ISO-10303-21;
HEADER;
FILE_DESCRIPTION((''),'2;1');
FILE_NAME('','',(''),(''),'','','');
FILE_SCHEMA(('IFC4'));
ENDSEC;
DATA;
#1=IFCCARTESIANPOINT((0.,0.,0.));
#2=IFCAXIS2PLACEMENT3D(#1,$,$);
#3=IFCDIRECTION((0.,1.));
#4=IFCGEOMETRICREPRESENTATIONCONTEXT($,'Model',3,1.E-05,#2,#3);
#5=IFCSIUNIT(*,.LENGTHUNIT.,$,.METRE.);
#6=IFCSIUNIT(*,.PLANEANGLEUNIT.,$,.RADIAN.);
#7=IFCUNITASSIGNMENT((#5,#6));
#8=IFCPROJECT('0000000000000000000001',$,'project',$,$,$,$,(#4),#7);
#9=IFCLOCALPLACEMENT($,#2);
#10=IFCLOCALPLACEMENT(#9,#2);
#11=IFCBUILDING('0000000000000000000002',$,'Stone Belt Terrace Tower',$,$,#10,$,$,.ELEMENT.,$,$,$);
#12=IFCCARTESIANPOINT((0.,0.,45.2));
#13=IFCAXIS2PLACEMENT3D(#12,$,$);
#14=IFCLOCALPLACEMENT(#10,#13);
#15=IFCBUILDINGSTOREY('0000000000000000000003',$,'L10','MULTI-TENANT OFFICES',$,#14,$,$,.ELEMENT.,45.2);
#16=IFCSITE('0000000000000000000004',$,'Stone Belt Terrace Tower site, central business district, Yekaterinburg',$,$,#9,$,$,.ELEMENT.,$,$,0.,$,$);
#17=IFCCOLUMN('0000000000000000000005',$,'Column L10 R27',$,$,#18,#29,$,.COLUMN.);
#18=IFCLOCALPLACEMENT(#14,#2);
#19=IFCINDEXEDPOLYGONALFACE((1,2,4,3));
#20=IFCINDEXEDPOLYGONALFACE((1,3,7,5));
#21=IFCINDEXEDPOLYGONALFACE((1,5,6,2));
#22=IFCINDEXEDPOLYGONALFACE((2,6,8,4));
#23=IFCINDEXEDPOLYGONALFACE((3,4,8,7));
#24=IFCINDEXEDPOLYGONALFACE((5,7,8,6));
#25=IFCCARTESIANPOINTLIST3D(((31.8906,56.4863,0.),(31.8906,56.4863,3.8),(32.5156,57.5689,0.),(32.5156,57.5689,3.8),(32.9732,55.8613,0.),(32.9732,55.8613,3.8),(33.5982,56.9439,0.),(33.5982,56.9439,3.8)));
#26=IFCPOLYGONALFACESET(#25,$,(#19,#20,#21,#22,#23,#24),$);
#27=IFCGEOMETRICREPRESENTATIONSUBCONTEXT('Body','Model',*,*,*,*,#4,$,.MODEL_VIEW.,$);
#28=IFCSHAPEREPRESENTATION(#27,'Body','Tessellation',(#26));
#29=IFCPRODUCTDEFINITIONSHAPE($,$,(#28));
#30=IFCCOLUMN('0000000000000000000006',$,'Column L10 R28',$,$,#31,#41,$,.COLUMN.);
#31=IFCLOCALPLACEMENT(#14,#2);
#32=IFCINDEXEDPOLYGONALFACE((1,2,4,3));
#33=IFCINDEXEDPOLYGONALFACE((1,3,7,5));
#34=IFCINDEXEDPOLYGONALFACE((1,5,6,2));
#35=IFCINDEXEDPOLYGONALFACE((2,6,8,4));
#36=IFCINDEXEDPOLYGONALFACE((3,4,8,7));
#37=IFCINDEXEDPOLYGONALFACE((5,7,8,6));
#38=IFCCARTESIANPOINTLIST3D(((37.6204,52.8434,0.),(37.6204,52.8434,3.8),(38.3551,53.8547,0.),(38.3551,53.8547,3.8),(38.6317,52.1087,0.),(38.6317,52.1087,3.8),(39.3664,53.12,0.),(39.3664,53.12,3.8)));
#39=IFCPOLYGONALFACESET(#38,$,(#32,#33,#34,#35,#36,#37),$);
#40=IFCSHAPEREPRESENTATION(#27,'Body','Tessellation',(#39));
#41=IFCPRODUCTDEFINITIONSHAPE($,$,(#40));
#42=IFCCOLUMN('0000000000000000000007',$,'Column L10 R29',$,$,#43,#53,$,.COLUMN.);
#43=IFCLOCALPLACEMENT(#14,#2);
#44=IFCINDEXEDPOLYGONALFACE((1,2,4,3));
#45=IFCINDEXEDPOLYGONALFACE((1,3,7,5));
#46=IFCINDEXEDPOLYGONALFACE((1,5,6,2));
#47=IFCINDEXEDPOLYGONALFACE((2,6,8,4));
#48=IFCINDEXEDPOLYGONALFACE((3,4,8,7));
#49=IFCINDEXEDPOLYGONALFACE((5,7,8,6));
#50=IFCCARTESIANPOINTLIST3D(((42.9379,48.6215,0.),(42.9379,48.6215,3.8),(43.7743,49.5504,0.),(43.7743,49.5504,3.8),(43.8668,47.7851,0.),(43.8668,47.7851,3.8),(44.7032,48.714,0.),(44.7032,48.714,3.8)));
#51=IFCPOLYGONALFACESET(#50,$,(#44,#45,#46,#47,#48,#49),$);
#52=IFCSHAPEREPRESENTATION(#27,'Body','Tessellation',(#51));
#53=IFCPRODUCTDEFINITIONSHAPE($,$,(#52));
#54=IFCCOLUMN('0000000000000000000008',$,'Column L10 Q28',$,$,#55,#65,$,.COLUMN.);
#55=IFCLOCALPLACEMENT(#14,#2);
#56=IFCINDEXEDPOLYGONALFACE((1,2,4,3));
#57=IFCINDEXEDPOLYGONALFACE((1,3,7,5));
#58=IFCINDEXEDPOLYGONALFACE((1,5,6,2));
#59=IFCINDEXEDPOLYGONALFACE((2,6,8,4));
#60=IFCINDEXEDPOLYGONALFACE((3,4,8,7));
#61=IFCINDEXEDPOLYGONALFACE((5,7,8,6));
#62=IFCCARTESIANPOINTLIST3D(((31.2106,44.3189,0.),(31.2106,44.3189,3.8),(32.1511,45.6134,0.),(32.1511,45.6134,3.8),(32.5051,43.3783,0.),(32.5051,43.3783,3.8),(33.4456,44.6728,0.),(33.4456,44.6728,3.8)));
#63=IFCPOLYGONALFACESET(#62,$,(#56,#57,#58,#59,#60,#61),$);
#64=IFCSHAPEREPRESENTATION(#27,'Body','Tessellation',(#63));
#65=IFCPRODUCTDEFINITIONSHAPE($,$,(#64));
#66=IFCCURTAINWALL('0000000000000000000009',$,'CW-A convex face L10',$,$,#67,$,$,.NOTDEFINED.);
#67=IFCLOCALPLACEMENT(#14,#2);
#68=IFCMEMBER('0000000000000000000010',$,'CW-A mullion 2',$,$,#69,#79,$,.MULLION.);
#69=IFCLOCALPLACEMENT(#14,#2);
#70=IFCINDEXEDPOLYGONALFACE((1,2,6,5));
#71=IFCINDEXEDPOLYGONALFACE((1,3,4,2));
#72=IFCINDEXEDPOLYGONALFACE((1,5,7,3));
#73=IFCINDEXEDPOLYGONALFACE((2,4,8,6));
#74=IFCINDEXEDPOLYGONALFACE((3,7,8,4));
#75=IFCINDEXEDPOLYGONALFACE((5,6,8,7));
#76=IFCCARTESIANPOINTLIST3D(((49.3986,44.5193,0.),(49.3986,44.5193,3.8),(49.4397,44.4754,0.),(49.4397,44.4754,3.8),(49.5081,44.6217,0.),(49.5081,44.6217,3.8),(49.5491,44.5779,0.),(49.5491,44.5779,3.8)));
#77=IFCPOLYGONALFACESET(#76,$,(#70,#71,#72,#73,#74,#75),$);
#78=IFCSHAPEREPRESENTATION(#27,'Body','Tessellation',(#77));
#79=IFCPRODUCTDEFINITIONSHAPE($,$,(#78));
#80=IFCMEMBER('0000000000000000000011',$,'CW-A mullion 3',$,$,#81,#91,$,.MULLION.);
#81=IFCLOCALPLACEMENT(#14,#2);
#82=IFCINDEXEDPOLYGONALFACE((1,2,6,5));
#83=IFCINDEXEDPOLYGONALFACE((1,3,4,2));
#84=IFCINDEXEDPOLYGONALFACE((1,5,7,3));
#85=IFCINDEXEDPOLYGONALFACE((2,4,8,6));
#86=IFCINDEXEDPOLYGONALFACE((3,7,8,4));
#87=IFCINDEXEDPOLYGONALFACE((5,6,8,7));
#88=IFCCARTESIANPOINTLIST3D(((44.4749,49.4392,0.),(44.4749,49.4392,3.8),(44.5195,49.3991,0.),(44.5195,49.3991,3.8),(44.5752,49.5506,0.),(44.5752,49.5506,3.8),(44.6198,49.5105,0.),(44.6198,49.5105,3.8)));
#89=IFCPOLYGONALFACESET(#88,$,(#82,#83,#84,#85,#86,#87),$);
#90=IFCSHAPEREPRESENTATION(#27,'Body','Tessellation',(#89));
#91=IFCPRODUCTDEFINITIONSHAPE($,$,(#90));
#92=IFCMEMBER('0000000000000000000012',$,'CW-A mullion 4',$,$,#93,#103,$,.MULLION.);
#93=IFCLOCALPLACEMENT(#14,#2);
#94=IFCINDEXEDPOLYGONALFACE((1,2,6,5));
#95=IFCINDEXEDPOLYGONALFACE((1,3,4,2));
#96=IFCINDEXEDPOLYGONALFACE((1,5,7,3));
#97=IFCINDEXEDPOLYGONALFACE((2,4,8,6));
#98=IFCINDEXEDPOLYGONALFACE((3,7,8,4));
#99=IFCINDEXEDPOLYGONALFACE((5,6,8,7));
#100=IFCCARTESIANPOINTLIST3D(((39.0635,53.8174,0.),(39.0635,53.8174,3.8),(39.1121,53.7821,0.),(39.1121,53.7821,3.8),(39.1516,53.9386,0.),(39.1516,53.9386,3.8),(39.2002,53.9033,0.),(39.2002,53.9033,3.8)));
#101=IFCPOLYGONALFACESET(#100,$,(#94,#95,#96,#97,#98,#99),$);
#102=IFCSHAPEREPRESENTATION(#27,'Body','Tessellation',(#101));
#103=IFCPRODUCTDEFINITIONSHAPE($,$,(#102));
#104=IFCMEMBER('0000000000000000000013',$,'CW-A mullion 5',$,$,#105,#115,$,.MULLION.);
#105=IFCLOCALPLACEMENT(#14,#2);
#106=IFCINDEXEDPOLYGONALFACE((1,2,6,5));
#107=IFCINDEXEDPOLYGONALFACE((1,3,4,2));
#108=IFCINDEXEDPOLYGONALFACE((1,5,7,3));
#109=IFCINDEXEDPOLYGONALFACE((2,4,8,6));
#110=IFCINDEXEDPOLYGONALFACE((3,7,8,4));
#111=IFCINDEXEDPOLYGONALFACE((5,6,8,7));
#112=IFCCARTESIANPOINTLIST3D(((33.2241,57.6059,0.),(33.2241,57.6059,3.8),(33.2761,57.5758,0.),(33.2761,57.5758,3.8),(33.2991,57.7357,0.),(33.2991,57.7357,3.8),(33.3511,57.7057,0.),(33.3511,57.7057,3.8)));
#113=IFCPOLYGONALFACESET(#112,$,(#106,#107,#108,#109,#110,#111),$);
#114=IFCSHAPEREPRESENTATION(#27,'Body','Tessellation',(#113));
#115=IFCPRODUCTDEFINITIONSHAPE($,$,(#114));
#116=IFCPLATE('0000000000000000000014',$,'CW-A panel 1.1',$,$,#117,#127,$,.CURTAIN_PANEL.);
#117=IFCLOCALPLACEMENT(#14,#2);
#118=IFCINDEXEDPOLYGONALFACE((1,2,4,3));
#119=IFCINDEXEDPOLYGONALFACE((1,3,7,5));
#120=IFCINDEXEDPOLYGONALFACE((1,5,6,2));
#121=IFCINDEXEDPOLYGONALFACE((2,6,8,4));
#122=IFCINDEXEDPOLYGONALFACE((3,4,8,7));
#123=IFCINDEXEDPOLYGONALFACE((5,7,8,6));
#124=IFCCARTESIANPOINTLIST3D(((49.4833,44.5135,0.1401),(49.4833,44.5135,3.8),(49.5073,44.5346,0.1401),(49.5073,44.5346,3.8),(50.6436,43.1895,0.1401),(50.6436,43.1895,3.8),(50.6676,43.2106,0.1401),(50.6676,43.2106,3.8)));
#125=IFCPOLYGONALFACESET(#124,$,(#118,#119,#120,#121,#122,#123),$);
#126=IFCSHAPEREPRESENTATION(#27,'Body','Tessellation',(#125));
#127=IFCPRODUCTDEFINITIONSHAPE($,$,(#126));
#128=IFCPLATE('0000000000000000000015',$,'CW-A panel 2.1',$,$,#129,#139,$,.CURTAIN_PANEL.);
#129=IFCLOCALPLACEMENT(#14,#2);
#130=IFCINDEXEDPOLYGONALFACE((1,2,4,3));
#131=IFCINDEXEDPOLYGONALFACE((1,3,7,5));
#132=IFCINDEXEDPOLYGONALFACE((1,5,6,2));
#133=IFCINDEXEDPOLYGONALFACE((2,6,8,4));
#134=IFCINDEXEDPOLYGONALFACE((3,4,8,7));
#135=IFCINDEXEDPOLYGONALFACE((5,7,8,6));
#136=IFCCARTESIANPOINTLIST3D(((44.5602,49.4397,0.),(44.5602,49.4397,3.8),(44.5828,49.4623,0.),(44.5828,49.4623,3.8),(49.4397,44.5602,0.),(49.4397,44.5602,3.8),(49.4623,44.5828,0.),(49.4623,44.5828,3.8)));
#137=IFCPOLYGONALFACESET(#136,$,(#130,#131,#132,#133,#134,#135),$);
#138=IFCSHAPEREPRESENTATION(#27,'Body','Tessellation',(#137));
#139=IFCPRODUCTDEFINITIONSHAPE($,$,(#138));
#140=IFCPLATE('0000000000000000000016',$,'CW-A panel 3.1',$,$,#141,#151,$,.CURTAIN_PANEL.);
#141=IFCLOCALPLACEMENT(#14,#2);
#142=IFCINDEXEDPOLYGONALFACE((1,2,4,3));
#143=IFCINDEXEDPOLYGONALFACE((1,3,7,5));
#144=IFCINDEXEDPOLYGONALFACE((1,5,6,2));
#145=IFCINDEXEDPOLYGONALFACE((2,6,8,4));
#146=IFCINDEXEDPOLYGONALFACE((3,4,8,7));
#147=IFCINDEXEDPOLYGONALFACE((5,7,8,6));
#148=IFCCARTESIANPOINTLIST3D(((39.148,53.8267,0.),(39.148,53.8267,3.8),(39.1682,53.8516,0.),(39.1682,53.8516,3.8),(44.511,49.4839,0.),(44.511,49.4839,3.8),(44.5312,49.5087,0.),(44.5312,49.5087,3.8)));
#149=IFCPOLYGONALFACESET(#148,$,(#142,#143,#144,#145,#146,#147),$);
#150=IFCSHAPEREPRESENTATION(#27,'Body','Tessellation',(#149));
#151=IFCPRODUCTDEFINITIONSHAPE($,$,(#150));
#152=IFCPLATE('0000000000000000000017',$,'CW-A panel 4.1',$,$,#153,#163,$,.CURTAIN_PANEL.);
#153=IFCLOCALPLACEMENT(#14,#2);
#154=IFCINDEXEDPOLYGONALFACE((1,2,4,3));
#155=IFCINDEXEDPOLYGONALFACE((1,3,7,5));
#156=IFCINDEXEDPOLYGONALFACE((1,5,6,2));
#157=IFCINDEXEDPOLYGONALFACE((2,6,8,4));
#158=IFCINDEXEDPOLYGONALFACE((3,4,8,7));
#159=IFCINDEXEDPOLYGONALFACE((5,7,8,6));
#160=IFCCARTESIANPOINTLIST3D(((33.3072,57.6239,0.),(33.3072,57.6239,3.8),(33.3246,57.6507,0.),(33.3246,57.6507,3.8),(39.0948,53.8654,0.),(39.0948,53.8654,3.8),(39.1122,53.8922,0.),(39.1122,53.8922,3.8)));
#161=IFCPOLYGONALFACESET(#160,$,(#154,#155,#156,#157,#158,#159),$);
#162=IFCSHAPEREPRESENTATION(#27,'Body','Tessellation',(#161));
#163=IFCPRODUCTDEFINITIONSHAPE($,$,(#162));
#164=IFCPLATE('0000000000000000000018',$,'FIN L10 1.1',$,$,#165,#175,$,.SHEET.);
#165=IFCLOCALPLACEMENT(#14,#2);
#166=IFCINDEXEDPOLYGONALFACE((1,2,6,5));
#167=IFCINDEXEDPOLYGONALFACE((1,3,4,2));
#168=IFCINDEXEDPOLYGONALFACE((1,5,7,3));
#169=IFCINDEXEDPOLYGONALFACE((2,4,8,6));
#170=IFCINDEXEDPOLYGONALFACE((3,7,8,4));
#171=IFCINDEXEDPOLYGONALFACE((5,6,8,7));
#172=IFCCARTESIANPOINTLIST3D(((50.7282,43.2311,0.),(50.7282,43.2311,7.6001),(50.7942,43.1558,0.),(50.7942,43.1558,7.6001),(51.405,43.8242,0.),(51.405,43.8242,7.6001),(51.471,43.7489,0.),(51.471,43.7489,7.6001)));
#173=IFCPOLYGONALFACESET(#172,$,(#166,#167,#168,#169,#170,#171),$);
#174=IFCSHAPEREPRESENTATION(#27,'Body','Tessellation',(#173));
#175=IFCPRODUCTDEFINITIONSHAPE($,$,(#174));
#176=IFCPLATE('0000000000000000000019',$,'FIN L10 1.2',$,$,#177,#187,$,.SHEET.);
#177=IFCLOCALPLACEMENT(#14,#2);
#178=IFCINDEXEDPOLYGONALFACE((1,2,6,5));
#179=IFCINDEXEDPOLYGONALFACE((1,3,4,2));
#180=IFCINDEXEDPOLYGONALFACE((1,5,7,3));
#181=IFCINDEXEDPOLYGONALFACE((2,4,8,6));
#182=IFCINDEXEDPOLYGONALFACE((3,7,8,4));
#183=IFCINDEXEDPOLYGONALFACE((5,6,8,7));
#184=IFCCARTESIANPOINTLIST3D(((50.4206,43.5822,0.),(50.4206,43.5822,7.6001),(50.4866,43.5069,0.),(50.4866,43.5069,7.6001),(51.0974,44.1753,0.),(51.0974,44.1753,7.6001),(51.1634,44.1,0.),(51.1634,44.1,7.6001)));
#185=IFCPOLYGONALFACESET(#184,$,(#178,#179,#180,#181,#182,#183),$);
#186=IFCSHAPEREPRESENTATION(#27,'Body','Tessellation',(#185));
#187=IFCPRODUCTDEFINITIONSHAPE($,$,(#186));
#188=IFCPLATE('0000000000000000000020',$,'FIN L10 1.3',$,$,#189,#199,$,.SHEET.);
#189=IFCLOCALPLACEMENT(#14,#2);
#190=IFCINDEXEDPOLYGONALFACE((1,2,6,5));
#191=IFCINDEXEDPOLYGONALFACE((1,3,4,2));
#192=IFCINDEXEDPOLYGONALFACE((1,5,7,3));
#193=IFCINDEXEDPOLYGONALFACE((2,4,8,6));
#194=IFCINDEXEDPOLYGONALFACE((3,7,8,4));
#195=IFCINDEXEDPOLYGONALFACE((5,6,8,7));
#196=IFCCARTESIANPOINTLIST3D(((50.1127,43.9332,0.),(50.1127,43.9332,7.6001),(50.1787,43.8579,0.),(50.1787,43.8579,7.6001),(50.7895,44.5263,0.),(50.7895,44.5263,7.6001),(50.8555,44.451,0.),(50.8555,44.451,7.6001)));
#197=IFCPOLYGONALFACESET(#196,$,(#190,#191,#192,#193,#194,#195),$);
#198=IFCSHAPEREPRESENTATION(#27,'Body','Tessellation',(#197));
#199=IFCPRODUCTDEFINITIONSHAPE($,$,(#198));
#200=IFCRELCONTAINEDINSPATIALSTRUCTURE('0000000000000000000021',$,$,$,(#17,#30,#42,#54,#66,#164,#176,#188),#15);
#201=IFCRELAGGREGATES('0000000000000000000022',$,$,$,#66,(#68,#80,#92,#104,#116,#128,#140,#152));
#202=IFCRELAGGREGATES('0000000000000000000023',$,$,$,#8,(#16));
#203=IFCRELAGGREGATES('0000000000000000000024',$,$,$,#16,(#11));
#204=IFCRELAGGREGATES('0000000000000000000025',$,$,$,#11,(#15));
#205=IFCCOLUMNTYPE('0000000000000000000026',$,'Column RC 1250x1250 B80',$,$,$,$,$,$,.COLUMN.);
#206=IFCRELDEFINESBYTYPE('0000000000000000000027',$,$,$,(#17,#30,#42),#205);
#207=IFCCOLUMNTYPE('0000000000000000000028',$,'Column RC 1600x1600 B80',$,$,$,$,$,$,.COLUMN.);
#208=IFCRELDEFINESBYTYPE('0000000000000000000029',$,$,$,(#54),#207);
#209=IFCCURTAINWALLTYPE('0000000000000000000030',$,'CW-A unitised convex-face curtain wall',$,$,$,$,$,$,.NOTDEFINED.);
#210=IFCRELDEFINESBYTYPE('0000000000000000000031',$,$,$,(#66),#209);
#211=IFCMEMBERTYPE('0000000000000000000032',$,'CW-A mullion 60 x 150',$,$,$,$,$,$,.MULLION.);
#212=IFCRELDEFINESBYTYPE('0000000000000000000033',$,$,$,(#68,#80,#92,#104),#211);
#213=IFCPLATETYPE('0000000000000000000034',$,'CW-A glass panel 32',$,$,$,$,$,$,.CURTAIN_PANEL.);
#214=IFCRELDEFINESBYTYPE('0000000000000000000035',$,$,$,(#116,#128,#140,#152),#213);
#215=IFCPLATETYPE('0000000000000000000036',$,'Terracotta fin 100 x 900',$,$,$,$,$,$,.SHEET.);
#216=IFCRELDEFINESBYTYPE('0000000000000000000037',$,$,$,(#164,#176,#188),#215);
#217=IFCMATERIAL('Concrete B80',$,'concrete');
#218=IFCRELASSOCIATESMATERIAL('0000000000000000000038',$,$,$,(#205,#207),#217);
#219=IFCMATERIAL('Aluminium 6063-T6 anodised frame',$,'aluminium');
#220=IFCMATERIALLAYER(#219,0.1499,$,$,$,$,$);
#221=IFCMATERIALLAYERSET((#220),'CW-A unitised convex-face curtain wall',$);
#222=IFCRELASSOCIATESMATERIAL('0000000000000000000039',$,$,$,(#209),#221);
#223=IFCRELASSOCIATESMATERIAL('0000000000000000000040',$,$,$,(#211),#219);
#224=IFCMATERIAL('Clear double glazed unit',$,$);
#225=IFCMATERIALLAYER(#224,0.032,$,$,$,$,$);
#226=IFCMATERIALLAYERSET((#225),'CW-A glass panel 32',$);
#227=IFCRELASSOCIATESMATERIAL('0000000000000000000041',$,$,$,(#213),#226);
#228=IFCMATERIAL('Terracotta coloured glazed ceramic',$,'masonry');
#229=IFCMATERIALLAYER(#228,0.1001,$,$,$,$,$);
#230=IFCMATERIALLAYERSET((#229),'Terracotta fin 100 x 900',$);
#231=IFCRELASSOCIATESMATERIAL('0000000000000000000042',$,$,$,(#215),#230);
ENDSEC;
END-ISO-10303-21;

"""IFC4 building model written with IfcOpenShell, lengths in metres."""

from ifc_helpers import new_model, si_unit, direction, frame, origin, origin_2d, place, context, subcontext, project, spatial, rectangle, extrude, material, layer, layer_set, material_profile, profile_set, type_object, element, aggregate, save


model = new_model("IFC4")

# Units and contexts
model_context = context("Model", 3, precision=1e-05, world=origin(), true_north=direction((0.0, 1.0)))
body_context = subcontext(model_context, "Body", "Model", "MODEL_VIEW")
ifc_project = project(units=[si_unit("LENGTHUNIT", "METRE"), si_unit("PLANEANGLEUNIT", "RADIAN")], contexts=[model_context])

# Site, building, storey
site_placement = place(None, origin())
site = spatial("IfcSite", under=ifc_project, at=site_placement, Name="Stone Belt Terrace Tower site, central business district, Yekaterinburg", CompositionType="ELEMENT", RefElevation=0.0)
building_placement = place(site_placement, origin())
building = spatial("IfcBuilding", under=site, at=building_placement, Name="Stone Belt Terrace Tower", CompositionType="ELEMENT")
storey_placement = place(building_placement, frame((0.0, 0.0, 45.2)))
storey = spatial("IfcBuildingStorey", under=building, at=storey_placement, Name="L10", Description="MULTI-TENANT OFFICES", CompositionType="ELEMENT", Elevation=45.2)

# Columns
ifc_material_1 = material(Name="Concrete B80", Category="concrete")
ifc_material_profile_1 = material_profile(ifc_material_1, rectangle(XDim=1.25, YDim=1.25, at=origin_2d()), Name="RC 1250x1250")
ifc_profile_set_1 = profile_set([ifc_material_profile_1], Name="Concrete B80")
column_type_1 = type_object("IfcColumnType", Name="Column RC 1250x1250 B80", PredefinedType="COLUMN", material=ifc_profile_set_1)
for number, where, z_axis, x_axis, name in (
    (1, (32.7444, 56.7151, 0.0), (0.0, 0.0, 1.0), (0.866025, -0.5, 0.0), "Column L10 R27"),
    (2, (38.4934, 52.9817, 0.0), (0.0, 0.0, 1.0), (0.809017, -0.587785, 0.0), "Column L10 R28"),
    (3, (43.8206, 48.6677, 0.0), (0.0, 0.0, 1.0), (0.743145, -0.669131, 0.0), "Column L10 R29"),
):
    element("IfcColumn", number, at=place(storey_placement, frame(where, z_axis=z_axis, x_axis=x_axis)), inside=storey, type_object=column_type_1, Name=name, PredefinedType="COLUMN", context=body_context, shape_type="SweptSolid", body=[
        extrude(rectangle(XDim=1.25, YDim=1.25, at=origin_2d()), origin(), (0.0, 0.0, 1.0), 3.8),
    ])
ifc_material_profile_2 = material_profile(ifc_material_1, rectangle(XDim=1.6001, YDim=1.6001, at=origin_2d()), Name="RC 1600x1600")
ifc_profile_set_2 = profile_set([ifc_material_profile_2], Name="Concrete B80")
column_type_2 = type_object("IfcColumnType", Name="Column RC 1600x1600 B80", PredefinedType="COLUMN", material=ifc_profile_set_2)
column_placement = place(storey_placement, frame((32.3281, 44.4958, 0.0), z_axis=(0.0, 0.0, 1.0), x_axis=(0.809017, -0.587785, 0.0)))
element("IfcColumn", 4, at=column_placement, inside=storey, type_object=column_type_2, Name="Column L10 Q28", PredefinedType="COLUMN", context=body_context, shape_type="SweptSolid", body=[
    extrude(rectangle(XDim=1.6001, YDim=1.6001, at=origin_2d()), origin(), (0.0, 0.0, 1.0), 3.8),
])

# Curtain wall, members, plates
ifc_material_2 = material(Name="Aluminium 6063-T6 anodised frame", Category="aluminium")
ifc_layer_1 = layer(ifc_material_2, 0.1499)
ifc_layer_set_1 = layer_set([ifc_layer_1], Name="CW-A unitised convex-face curtain wall")
curtain_wall_type = type_object("IfcCurtainWallType", Name="CW-A unitised convex-face curtain wall", PredefinedType="NOTDEFINED", material=ifc_layer_set_1)
curtain_wall_placement = place(storey_placement, origin())
curtain_wall = element("IfcCurtainWall", 5, at=curtain_wall_placement, inside=storey, type_object=curtain_wall_type, Name="CW-A convex face L10", PredefinedType="NOTDEFINED")
ifc_material_profile_3 = material_profile(ifc_material_2, rectangle(XDim=0.1499, YDim=0.0601, at=origin_2d()), Name="Aluminium 6063-T6 60x150")
ifc_profile_set_3 = profile_set([ifc_material_profile_3], Name="Aluminium 6063-T6 anodised frame")
member_type = type_object("IfcMemberType", Name="CW-A mullion 60 x 150", PredefinedType="MULLION", material=ifc_profile_set_3)
member_1_placement = place(storey_placement, frame((49.4739, 44.5486, 0.0), z_axis=(0.0, 0.0, 1.0), x_axis=(-0.729988, -0.68346, 0.0)))
member_1 = element("IfcMember", 6, at=member_1_placement, type_object=member_type, Name="CW-A mullion 2", PredefinedType="MULLION", context=body_context, shape_type="SweptSolid", body=[
    extrude(rectangle(XDim=0.1499, YDim=0.0601, at=origin_2d()), origin(), (0.0, 0.0, 1.0), 3.8),
])
member_2_placement = place(storey_placement, frame((44.5474, 49.4749, 0.0), z_axis=(0.0, 0.0, 1.0), x_axis=(-0.669131, -0.743145, 0.0)))
member_2 = element("IfcMember", 7, at=member_2_placement, type_object=member_type, Name="CW-A mullion 3", PredefinedType="MULLION", context=body_context, shape_type="SweptSolid", body=[
    extrude(rectangle(XDim=0.1499, YDim=0.0601, at=origin_2d()), origin(), (0.0, 0.0, 1.0), 3.8),
])
member_3_placement = place(storey_placement, frame((39.1318, 53.8604, 0.0), z_axis=(0.0, 0.0, 1.0), x_axis=(-0.587785, -0.809017, 0.0)))
member_3 = element("IfcMember", 8, at=member_3_placement, type_object=member_type, Name="CW-A mullion 4", PredefinedType="MULLION", context=body_context, shape_type="SweptSolid", body=[
    extrude(rectangle(XDim=0.1499, YDim=0.0601, at=origin_2d()), origin(), (0.0, 0.0, 1.0), 3.8),
])
member_4_placement = place(storey_placement, frame((33.2876, 57.6558, 0.0), z_axis=(0.0, 0.0, 1.0), x_axis=(-0.5, -0.866025, 0.0)))
member_4 = element("IfcMember", 9, at=member_4_placement, type_object=member_type, Name="CW-A mullion 5", PredefinedType="MULLION", context=body_context, shape_type="SweptSolid", body=[
    extrude(rectangle(XDim=0.1499, YDim=0.0601, at=origin_2d()), origin(), (0.0, 0.0, 1.0), 3.8),
])
ifc_material_3 = material(Name="Clear double glazed unit")
ifc_layer_2 = layer(ifc_material_3, 0.032)
ifc_layer_set_2 = layer_set([ifc_layer_2], Name="CW-A glass panel 32")
plate_type_1 = type_object("IfcPlateType", Name="CW-A glass panel 32", PredefinedType="CURTAIN_PANEL", material=ifc_layer_set_2)
plate_1_placement = place(storey_placement, frame((50.0754, 43.8621, 0.1401), z_axis=(0.0, 0.0, 1.0), x_axis=(-0.659074, 0.752078, 0.0)))
plate_1 = element("IfcPlate", 10, at=plate_1_placement, type_object=plate_type_1, Name="CW-A panel 1.1", PredefinedType="CURTAIN_PANEL", context=body_context, shape_type="SweptSolid", body=[
    extrude(rectangle(XDim=1.7605, YDim=0.032, at=origin_2d()), origin(), (0.0, 0.0, 1.0), 3.6599),
])
plate_2_placement = place(storey_placement, frame((47.0112, 47.0112, 0.0), z_axis=(0.0, 0.0, 1.0), x_axis=(-0.707107, 0.707107, 0.0)))
plate_2 = element("IfcPlate", 11, at=plate_2_placement, type_object=plate_type_1, Name="CW-A panel 2.1", PredefinedType="CURTAIN_PANEL", context=body_context, shape_type="SweptSolid", body=[
    extrude(rectangle(XDim=6.9006, YDim=0.032, at=origin_2d()), origin(), (0.0, 0.0, 1.0), 3.8),
])
plate_3_placement = place(storey_placement, frame((41.8396, 51.6677, 0.0), z_axis=(0.0, 0.0, 1.0), x_axis=(-0.777146, 0.62932, 0.0)))
plate_3 = element("IfcPlate", 12, at=plate_3_placement, type_object=plate_type_1, Name="CW-A panel 3.1", PredefinedType="CURTAIN_PANEL", context=body_context, shape_type="SweptSolid", body=[
    extrude(rectangle(XDim=6.9009, YDim=0.032, at=origin_2d()), origin(), (0.0, 0.0, 1.0), 3.8),
])
plate_4_placement = place(storey_placement, frame((36.2097, 55.7581, 0.0), z_axis=(0.0, 0.0, 1.0), x_axis=(-0.838671, 0.544639, 0.0)))
plate_4 = element("IfcPlate", 13, at=plate_4_placement, type_object=plate_type_1, Name="CW-A panel 4.1", PredefinedType="CURTAIN_PANEL", context=body_context, shape_type="SweptSolid", body=[
    extrude(rectangle(XDim=6.9009, YDim=0.032, at=origin_2d()), origin(), (0.0, 0.0, 1.0), 3.8),
])
aggregate(curtain_wall, [member_1, member_2, member_3, member_4, plate_1, plate_2, plate_3, plate_4])

# Plates
ifc_material_4 = material(Name="Terracotta coloured glazed ceramic", Category="masonry")
ifc_layer_3 = layer(ifc_material_4, 0.1001)
ifc_layer_set_3 = layer_set([ifc_layer_3], Name="Terracotta fin 100 x 900")
plate_type_2 = type_object("IfcPlateType", Name="Terracotta fin 100 x 900", PredefinedType="SHEET", material=ifc_layer_set_3)
for number, where, z_axis, x_axis, name in (
    (14, (51.0996, 43.49, 0.0), (0.0, 0.0, 1.0), (0.752078, 0.659074, 0.0), "FIN L10 1.1"),
    (15, (50.792, 43.8411, 0.0), (0.0, 0.0, 1.0), (0.752078, 0.659074, 0.0), "FIN L10 1.2"),
    (16, (50.4841, 44.1921, 0.0), (0.0, 0.0, 1.0), (0.752078, 0.659074, 0.0), "FIN L10 1.3"),
):
    element("IfcPlate", number, at=place(storey_placement, frame(where, z_axis=z_axis, x_axis=x_axis)), inside=storey, type_object=plate_type_2, Name=name, PredefinedType="SHEET", context=body_context, shape_type="SweptSolid", body=[
        extrude(rectangle(XDim=0.8999, YDim=0.1001, at=origin_2d()), origin(), (0.0, 0.0, 1.0), 7.6001),
    ])

save(model, "model.ifc")
